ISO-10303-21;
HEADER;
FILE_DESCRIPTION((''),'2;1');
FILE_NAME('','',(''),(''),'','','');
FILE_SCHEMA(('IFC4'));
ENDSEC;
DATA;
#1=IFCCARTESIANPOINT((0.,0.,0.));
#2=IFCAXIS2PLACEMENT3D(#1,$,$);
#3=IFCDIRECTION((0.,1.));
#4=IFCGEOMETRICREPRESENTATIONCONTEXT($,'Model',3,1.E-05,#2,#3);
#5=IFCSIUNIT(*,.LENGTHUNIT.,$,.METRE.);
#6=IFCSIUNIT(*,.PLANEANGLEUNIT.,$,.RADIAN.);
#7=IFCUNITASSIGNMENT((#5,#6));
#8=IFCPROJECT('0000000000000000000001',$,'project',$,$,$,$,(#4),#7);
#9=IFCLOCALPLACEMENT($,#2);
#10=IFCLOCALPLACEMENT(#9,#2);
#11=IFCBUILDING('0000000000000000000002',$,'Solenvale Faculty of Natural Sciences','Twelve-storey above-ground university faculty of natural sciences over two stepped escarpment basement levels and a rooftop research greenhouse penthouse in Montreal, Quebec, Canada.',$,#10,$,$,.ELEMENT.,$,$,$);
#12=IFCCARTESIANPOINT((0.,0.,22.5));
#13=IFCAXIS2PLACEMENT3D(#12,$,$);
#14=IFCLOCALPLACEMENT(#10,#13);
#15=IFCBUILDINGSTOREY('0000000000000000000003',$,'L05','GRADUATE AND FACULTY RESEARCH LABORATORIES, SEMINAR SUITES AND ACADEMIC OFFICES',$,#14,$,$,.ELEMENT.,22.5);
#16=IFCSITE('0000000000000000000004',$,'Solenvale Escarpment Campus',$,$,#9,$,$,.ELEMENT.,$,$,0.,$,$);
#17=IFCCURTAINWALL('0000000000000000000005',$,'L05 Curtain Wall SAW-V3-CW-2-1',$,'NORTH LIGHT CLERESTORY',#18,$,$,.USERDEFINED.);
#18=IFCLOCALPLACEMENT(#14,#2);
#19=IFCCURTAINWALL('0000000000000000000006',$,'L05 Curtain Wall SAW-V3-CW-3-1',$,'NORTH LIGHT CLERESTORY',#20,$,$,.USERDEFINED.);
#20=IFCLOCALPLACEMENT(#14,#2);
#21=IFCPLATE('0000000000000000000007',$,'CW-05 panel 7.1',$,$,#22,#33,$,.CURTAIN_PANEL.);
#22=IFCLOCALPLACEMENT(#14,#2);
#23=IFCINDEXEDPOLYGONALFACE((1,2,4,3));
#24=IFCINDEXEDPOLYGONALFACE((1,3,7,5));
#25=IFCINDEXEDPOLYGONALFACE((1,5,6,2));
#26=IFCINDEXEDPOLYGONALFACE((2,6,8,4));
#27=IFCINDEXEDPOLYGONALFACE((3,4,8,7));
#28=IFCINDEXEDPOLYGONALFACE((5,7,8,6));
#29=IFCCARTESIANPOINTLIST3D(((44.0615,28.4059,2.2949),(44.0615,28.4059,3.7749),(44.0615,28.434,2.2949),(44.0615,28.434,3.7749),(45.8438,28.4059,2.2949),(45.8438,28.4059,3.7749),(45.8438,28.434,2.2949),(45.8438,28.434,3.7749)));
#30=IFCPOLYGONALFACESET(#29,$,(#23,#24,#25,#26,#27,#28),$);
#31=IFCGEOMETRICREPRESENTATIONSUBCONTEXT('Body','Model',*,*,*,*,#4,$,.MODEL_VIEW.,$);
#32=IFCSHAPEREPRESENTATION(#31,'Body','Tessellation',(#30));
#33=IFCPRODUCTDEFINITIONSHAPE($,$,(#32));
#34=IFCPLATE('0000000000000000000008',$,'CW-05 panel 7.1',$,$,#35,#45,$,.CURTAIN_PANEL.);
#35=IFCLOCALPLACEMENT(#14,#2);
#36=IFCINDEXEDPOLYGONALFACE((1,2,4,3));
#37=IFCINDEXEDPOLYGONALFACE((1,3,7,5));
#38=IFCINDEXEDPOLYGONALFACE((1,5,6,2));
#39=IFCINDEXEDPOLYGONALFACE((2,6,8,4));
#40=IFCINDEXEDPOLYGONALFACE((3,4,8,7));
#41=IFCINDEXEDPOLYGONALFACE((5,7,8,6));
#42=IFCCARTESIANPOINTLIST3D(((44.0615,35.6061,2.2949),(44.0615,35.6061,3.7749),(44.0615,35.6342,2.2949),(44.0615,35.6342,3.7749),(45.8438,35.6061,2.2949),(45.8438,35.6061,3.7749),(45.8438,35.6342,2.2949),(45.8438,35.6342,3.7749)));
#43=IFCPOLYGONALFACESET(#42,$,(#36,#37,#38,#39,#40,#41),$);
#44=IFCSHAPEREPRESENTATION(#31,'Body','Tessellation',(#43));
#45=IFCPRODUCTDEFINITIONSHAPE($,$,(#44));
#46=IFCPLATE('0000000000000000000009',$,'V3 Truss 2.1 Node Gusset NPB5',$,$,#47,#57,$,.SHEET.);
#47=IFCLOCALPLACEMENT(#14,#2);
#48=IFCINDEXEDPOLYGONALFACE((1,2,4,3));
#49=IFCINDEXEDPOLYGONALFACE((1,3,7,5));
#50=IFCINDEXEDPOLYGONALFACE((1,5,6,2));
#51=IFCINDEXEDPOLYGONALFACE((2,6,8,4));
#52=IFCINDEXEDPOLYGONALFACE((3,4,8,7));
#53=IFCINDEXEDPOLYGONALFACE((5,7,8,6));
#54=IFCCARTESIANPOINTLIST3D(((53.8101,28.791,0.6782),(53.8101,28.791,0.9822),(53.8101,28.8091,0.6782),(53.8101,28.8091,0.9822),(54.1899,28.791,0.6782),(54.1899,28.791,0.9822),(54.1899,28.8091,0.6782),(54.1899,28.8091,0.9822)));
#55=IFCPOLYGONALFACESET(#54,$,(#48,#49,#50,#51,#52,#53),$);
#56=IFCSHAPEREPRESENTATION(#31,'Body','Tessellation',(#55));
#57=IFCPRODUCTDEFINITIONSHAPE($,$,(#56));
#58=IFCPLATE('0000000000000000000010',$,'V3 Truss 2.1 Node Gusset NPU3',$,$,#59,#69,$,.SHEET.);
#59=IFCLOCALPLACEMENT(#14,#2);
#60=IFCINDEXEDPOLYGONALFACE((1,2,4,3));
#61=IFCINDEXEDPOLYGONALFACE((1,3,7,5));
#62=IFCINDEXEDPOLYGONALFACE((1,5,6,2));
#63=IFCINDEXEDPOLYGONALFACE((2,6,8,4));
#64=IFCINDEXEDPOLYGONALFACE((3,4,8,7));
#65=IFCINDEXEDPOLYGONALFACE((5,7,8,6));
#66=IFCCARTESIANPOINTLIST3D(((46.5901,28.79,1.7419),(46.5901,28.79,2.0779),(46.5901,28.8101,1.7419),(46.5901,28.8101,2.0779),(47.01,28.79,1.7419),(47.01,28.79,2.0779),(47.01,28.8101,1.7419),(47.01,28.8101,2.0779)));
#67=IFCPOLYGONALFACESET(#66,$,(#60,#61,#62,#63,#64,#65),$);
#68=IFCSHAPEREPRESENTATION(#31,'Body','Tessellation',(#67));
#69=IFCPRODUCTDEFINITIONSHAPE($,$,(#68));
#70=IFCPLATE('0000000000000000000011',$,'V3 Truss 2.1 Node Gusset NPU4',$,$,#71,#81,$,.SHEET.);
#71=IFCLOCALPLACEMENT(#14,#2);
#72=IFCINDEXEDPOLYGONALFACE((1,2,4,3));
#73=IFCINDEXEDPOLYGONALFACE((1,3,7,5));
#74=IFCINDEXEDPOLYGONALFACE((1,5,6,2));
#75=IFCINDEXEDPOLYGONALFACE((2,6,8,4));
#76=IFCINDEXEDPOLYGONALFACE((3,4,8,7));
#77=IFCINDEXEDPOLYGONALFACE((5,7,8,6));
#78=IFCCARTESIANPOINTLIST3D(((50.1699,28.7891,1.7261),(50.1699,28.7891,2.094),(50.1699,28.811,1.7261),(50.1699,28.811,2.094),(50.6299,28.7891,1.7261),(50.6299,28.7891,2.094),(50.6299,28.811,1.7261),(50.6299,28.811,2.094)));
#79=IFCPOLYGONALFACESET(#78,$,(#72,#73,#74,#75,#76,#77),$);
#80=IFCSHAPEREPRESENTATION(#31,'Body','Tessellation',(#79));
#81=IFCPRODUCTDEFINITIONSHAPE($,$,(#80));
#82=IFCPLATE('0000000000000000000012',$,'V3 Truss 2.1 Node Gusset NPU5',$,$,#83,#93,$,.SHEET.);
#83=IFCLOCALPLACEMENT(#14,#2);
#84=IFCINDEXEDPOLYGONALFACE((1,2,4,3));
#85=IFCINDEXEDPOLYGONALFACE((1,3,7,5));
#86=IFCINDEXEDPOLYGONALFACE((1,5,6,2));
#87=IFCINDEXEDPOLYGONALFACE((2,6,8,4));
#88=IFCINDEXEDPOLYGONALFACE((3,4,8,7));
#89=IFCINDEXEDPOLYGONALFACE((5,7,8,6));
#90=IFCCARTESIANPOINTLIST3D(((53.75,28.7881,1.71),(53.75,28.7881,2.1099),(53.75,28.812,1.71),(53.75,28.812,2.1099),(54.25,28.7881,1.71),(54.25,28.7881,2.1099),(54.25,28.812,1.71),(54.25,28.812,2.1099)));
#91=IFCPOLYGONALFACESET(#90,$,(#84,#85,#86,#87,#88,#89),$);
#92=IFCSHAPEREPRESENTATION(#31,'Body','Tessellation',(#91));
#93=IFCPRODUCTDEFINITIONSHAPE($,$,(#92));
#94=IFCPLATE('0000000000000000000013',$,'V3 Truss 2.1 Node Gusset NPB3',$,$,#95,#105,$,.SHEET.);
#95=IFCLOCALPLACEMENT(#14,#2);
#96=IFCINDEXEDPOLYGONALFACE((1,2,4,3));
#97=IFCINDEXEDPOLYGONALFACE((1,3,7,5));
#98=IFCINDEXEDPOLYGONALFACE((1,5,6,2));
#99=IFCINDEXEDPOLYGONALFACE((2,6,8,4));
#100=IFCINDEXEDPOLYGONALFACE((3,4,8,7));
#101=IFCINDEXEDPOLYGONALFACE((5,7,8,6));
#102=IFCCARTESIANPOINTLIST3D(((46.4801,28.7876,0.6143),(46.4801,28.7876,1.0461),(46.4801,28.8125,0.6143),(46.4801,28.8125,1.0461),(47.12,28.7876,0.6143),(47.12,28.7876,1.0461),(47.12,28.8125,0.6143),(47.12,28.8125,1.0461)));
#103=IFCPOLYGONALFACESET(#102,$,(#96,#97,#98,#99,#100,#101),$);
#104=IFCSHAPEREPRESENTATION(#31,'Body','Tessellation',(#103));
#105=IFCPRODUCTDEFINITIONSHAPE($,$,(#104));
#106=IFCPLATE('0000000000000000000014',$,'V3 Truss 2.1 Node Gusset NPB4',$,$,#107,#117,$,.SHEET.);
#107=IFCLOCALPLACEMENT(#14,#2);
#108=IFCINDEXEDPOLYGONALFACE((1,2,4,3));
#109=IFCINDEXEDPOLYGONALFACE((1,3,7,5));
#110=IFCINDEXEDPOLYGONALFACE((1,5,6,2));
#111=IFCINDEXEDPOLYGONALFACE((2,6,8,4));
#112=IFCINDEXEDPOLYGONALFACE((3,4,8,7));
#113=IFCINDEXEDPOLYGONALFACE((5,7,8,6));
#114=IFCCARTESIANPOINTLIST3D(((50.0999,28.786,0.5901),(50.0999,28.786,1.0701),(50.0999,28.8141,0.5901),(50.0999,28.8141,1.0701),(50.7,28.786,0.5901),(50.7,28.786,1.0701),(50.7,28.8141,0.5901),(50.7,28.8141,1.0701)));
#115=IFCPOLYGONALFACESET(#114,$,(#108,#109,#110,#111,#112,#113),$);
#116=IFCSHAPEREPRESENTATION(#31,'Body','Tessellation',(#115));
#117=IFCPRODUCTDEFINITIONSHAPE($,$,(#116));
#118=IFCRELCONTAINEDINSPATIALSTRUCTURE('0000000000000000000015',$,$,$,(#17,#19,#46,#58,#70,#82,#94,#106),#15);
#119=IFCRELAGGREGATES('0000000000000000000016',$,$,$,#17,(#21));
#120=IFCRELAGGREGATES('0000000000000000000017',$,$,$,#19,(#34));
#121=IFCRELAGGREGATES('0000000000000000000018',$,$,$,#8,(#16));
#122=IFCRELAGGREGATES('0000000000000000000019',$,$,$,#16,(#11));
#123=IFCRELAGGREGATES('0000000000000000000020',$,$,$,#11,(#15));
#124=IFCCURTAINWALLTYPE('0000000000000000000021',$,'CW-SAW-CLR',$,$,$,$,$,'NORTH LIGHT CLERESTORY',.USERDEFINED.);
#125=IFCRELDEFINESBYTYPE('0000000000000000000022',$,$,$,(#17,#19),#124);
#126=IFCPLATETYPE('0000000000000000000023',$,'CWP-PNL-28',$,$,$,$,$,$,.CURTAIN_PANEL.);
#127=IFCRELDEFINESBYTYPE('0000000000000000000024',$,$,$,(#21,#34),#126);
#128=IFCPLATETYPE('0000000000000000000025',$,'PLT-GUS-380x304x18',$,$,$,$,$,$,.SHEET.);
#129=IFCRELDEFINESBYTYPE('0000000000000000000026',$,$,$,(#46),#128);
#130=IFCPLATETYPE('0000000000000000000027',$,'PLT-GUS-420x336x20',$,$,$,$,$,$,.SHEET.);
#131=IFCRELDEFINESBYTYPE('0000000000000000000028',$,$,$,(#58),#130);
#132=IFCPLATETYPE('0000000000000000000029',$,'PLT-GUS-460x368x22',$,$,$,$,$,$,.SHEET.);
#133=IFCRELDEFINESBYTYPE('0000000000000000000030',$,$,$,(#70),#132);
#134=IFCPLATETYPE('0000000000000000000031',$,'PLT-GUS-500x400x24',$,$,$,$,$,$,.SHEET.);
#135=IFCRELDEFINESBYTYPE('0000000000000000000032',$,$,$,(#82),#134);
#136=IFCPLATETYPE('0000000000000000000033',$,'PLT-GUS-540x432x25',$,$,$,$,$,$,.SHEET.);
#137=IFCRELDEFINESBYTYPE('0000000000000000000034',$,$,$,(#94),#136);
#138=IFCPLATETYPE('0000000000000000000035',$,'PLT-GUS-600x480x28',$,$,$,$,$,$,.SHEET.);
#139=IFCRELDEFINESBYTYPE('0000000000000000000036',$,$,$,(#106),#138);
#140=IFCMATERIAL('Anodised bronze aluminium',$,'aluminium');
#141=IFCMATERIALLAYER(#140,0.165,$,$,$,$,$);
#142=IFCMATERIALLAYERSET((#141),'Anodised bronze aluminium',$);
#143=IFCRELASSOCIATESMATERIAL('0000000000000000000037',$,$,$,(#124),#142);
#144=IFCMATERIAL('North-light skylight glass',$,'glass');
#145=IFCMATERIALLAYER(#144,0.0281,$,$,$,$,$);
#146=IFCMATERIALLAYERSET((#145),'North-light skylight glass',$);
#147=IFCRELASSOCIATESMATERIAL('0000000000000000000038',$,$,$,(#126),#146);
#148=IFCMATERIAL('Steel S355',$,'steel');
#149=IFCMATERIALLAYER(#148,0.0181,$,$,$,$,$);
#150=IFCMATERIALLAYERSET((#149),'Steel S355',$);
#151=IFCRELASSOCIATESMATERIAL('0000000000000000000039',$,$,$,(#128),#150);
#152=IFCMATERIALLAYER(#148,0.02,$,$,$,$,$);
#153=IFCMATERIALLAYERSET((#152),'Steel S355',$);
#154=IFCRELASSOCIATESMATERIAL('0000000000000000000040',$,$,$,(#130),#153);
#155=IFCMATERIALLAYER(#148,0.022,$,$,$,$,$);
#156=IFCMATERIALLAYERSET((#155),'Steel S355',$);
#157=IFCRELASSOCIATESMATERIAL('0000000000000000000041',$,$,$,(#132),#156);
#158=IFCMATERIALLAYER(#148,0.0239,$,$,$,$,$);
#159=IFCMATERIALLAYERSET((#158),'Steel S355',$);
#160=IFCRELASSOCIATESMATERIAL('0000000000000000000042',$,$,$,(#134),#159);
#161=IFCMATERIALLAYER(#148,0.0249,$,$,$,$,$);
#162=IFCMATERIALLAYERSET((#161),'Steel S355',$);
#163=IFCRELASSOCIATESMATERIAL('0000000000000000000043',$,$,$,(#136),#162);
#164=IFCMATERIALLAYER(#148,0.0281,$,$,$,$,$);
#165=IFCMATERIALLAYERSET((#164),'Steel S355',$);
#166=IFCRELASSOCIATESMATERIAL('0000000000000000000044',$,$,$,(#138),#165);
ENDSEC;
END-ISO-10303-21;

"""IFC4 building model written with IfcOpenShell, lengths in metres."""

from ifc_helpers import new_model, si_unit, direction, frame, origin, origin_2d, place, context, subcontext, project, spatial, rectangle, extrude, material, layer, layer_set, type_object, element, aggregate, save


model = new_model("IFC4")

# Units and contexts
model_context = context("Model", 3, precision=1e-05, world=origin(), true_north=direction((0.0, 1.0)))
body_context = subcontext(model_context, "Body", "Model", "MODEL_VIEW")
ifc_project = project(units=[si_unit("LENGTHUNIT", "METRE"), si_unit("PLANEANGLEUNIT", "RADIAN")], contexts=[model_context])

# Site, building, storey
site_placement = place(None, origin())
site = spatial("IfcSite", under=ifc_project, at=site_placement, Name="Solenvale Escarpment Campus", CompositionType="ELEMENT", RefElevation=0.0)
building_placement = place(site_placement, origin())
building = spatial("IfcBuilding", under=site, at=building_placement, Name="Solenvale Faculty of Natural Sciences", Description="Twelve-storey above-ground university faculty of natural sciences over two stepped escarpment basement levels and a rooftop research greenhouse penthouse in Montreal, Quebec, Canada.", CompositionType="ELEMENT")
storey_placement = place(building_placement, frame((0.0, 0.0, 22.5)))
storey = spatial("IfcBuildingStorey", under=building, at=storey_placement, Name="L05", Description="GRADUATE AND FACULTY RESEARCH LABORATORIES, SEMINAR SUITES AND ACADEMIC OFFICES", CompositionType="ELEMENT", Elevation=22.5)

# Curtain wall
ifc_material_1 = material(Name="Anodised bronze aluminium", Category="aluminium")
ifc_layer_1 = layer(ifc_material_1, 0.165)
ifc_layer_set_1 = layer_set([ifc_layer_1], Name="Anodised bronze aluminium")
curtain_wall_type = type_object("IfcCurtainWallType", Name="CW-SAW-CLR", ElementType="NORTH LIGHT CLERESTORY", PredefinedType="USERDEFINED", material=ifc_layer_set_1)
curtain_wall_1_placement = place(storey_placement, origin())
curtain_wall_1 = element("IfcCurtainWall", 1, at=curtain_wall_1_placement, inside=storey, type_object=curtain_wall_type, Name="L05 Curtain Wall SAW-V3-CW-2-1", ObjectType="NORTH LIGHT CLERESTORY", PredefinedType="USERDEFINED")

# Curtain wall
curtain_wall_2_placement = place(storey_placement, origin())
curtain_wall_2 = element("IfcCurtainWall", 2, at=curtain_wall_2_placement, inside=storey, type_object=curtain_wall_type, Name="L05 Curtain Wall SAW-V3-CW-3-1", ObjectType="NORTH LIGHT CLERESTORY", PredefinedType="USERDEFINED")

# Shared definitions
ifc_material_2 = material(Name="Steel S355", Category="steel")

# Plates
ifc_material_3 = material(Name="North-light skylight glass", Category="glass")
ifc_layer_2 = layer(ifc_material_3, 0.0281)
ifc_layer_set_2 = layer_set([ifc_layer_2], Name="North-light skylight glass")
plate_type_1 = type_object("IfcPlateType", Name="CWP-PNL-28", PredefinedType="CURTAIN_PANEL", material=ifc_layer_set_2)
plate_1_placement = place(storey_placement, frame((44.9526, 28.4199, 2.2949), z_axis=(0.0, 0.0, 1.0), x_axis=(-1.0, 0.0, 0.0)))
plate_1 = element("IfcPlate", 3, at=plate_1_placement, type_object=plate_type_1, Name="CW-05 panel 7.1", PredefinedType="CURTAIN_PANEL", context=body_context, shape_type="SweptSolid", body=[
    extrude(rectangle(XDim=1.7822, YDim=0.0281, at=origin_2d()), origin(), (0.0, 0.0, 1.0), 1.48),
])
aggregate(curtain_wall_1, [plate_1])
plate_2_placement = place(storey_placement, frame((44.9526, 35.6201, 2.2949), z_axis=(0.0, 0.0, 1.0), x_axis=(-1.0, 0.0, 0.0)))
plate_2 = element("IfcPlate", 4, at=plate_2_placement, type_object=plate_type_1, Name="CW-05 panel 7.1", PredefinedType="CURTAIN_PANEL", context=body_context, shape_type="SweptSolid", body=[
    extrude(rectangle(XDim=1.7822, YDim=0.0281, at=origin_2d()), origin(), (0.0, 0.0, 1.0), 1.48),
])
aggregate(curtain_wall_2, [plate_2])

# Plates
ifc_layer_3 = layer(ifc_material_2, 0.0181)
ifc_layer_set_3 = layer_set([ifc_layer_3], Name="Steel S355")
plate_type_2 = type_object("IfcPlateType", Name="PLT-GUS-380x304x18", PredefinedType="SHEET", material=ifc_layer_set_3)
plate_3_placement = place(storey_placement, frame((54.0, 28.8, 0.6782), z_axis=(0.0, 0.0, 1.0), x_axis=(1.0, 0.0, 0.0)))
element("IfcPlate", 5, at=plate_3_placement, inside=storey, type_object=plate_type_2, Name="V3 Truss 2.1 Node Gusset NPB5", PredefinedType="SHEET", context=body_context, shape_type="SweptSolid", body=[
    extrude(rectangle(XDim=0.3799, YDim=0.0181, at=origin_2d()), origin(), (0.0, 0.0, 1.0), 0.304),
])
ifc_layer_4 = layer(ifc_material_2, 0.02)
ifc_layer_set_4 = layer_set([ifc_layer_4], Name="Steel S355")
plate_type_3 = type_object("IfcPlateType", Name="PLT-GUS-420x336x20", PredefinedType="SHEET", material=ifc_layer_set_4)
plate_4_placement = place(storey_placement, frame((46.8, 28.8, 1.7419), z_axis=(0.0, 0.0, 1.0), x_axis=(1.0, 0.0, 0.0)))
element("IfcPlate", 6, at=plate_4_placement, inside=storey, type_object=plate_type_3, Name="V3 Truss 2.1 Node Gusset NPU3", PredefinedType="SHEET", context=body_context, shape_type="SweptSolid", body=[
    extrude(rectangle(XDim=0.4199, YDim=0.02, at=origin_2d()), origin(), (0.0, 0.0, 1.0), 0.3359),
])
ifc_layer_5 = layer(ifc_material_2, 0.022)
ifc_layer_set_5 = layer_set([ifc_layer_5], Name="Steel S355")
plate_type_4 = type_object("IfcPlateType", Name="PLT-GUS-460x368x22", PredefinedType="SHEET", material=ifc_layer_set_5)
plate_5_placement = place(storey_placement, frame((50.3999, 28.8, 1.7261), z_axis=(0.0, 0.0, 1.0), x_axis=(1.0, 0.0, 0.0)))
element("IfcPlate", 7, at=plate_5_placement, inside=storey, type_object=plate_type_4, Name="V3 Truss 2.1 Node Gusset NPU4", PredefinedType="SHEET", context=body_context, shape_type="SweptSolid", body=[
    extrude(rectangle(XDim=0.46, YDim=0.022, at=origin_2d()), origin(), (0.0, 0.0, 1.0), 0.3679),
])
ifc_layer_6 = layer(ifc_material_2, 0.0239)
ifc_layer_set_6 = layer_set([ifc_layer_6], Name="Steel S355")
plate_type_5 = type_object("IfcPlateType", Name="PLT-GUS-500x400x24", PredefinedType="SHEET", material=ifc_layer_set_6)
plate_6_placement = place(storey_placement, frame((54.0, 28.8, 1.71), z_axis=(0.0, 0.0, 1.0), x_axis=(1.0, 0.0, 0.0)))
element("IfcPlate", 8, at=plate_6_placement, inside=storey, type_object=plate_type_5, Name="V3 Truss 2.1 Node Gusset NPU5", PredefinedType="SHEET", context=body_context, shape_type="SweptSolid", body=[
    extrude(rectangle(XDim=0.5, YDim=0.0239, at=origin_2d()), origin(), (0.0, 0.0, 1.0), 0.3999),
])
ifc_layer_7 = layer(ifc_material_2, 0.0249)
ifc_layer_set_7 = layer_set([ifc_layer_7], Name="Steel S355")
plate_type_6 = type_object("IfcPlateType", Name="PLT-GUS-540x432x25", PredefinedType="SHEET", material=ifc_layer_set_7)
plate_7_placement = place(storey_placement, frame((46.8, 28.8, 0.6143), z_axis=(0.0, 0.0, 1.0), x_axis=(1.0, 0.0, 0.0)))
element("IfcPlate", 9, at=plate_7_placement, inside=storey, type_object=plate_type_6, Name="V3 Truss 2.1 Node Gusset NPB3", PredefinedType="SHEET", context=body_context, shape_type="SweptSolid", body=[
    extrude(rectangle(XDim=0.6399, YDim=0.0249, at=origin_2d()), origin(), (0.0, 0.0, 1.0), 0.4319),
])
ifc_layer_8 = layer(ifc_material_2, 0.0281)
ifc_layer_set_8 = layer_set([ifc_layer_8], Name="Steel S355")
plate_type_7 = type_object("IfcPlateType", Name="PLT-GUS-600x480x28", PredefinedType="SHEET", material=ifc_layer_set_8)
plate_8_placement = place(storey_placement, frame((50.3999, 28.8, 0.5901), z_axis=(0.0, 0.0, 1.0), x_axis=(1.0, 0.0, 0.0)))
element("IfcPlate", 10, at=plate_8_placement, inside=storey, type_object=plate_type_7, Name="V3 Truss 2.1 Node Gusset NPB4", PredefinedType="SHEET", context=body_context, shape_type="SweptSolid", body=[
    extrude(rectangle(XDim=0.6001, YDim=0.0281, at=origin_2d()), origin(), (0.0, 0.0, 1.0), 0.48),
])

save(model, "model.ifc")
